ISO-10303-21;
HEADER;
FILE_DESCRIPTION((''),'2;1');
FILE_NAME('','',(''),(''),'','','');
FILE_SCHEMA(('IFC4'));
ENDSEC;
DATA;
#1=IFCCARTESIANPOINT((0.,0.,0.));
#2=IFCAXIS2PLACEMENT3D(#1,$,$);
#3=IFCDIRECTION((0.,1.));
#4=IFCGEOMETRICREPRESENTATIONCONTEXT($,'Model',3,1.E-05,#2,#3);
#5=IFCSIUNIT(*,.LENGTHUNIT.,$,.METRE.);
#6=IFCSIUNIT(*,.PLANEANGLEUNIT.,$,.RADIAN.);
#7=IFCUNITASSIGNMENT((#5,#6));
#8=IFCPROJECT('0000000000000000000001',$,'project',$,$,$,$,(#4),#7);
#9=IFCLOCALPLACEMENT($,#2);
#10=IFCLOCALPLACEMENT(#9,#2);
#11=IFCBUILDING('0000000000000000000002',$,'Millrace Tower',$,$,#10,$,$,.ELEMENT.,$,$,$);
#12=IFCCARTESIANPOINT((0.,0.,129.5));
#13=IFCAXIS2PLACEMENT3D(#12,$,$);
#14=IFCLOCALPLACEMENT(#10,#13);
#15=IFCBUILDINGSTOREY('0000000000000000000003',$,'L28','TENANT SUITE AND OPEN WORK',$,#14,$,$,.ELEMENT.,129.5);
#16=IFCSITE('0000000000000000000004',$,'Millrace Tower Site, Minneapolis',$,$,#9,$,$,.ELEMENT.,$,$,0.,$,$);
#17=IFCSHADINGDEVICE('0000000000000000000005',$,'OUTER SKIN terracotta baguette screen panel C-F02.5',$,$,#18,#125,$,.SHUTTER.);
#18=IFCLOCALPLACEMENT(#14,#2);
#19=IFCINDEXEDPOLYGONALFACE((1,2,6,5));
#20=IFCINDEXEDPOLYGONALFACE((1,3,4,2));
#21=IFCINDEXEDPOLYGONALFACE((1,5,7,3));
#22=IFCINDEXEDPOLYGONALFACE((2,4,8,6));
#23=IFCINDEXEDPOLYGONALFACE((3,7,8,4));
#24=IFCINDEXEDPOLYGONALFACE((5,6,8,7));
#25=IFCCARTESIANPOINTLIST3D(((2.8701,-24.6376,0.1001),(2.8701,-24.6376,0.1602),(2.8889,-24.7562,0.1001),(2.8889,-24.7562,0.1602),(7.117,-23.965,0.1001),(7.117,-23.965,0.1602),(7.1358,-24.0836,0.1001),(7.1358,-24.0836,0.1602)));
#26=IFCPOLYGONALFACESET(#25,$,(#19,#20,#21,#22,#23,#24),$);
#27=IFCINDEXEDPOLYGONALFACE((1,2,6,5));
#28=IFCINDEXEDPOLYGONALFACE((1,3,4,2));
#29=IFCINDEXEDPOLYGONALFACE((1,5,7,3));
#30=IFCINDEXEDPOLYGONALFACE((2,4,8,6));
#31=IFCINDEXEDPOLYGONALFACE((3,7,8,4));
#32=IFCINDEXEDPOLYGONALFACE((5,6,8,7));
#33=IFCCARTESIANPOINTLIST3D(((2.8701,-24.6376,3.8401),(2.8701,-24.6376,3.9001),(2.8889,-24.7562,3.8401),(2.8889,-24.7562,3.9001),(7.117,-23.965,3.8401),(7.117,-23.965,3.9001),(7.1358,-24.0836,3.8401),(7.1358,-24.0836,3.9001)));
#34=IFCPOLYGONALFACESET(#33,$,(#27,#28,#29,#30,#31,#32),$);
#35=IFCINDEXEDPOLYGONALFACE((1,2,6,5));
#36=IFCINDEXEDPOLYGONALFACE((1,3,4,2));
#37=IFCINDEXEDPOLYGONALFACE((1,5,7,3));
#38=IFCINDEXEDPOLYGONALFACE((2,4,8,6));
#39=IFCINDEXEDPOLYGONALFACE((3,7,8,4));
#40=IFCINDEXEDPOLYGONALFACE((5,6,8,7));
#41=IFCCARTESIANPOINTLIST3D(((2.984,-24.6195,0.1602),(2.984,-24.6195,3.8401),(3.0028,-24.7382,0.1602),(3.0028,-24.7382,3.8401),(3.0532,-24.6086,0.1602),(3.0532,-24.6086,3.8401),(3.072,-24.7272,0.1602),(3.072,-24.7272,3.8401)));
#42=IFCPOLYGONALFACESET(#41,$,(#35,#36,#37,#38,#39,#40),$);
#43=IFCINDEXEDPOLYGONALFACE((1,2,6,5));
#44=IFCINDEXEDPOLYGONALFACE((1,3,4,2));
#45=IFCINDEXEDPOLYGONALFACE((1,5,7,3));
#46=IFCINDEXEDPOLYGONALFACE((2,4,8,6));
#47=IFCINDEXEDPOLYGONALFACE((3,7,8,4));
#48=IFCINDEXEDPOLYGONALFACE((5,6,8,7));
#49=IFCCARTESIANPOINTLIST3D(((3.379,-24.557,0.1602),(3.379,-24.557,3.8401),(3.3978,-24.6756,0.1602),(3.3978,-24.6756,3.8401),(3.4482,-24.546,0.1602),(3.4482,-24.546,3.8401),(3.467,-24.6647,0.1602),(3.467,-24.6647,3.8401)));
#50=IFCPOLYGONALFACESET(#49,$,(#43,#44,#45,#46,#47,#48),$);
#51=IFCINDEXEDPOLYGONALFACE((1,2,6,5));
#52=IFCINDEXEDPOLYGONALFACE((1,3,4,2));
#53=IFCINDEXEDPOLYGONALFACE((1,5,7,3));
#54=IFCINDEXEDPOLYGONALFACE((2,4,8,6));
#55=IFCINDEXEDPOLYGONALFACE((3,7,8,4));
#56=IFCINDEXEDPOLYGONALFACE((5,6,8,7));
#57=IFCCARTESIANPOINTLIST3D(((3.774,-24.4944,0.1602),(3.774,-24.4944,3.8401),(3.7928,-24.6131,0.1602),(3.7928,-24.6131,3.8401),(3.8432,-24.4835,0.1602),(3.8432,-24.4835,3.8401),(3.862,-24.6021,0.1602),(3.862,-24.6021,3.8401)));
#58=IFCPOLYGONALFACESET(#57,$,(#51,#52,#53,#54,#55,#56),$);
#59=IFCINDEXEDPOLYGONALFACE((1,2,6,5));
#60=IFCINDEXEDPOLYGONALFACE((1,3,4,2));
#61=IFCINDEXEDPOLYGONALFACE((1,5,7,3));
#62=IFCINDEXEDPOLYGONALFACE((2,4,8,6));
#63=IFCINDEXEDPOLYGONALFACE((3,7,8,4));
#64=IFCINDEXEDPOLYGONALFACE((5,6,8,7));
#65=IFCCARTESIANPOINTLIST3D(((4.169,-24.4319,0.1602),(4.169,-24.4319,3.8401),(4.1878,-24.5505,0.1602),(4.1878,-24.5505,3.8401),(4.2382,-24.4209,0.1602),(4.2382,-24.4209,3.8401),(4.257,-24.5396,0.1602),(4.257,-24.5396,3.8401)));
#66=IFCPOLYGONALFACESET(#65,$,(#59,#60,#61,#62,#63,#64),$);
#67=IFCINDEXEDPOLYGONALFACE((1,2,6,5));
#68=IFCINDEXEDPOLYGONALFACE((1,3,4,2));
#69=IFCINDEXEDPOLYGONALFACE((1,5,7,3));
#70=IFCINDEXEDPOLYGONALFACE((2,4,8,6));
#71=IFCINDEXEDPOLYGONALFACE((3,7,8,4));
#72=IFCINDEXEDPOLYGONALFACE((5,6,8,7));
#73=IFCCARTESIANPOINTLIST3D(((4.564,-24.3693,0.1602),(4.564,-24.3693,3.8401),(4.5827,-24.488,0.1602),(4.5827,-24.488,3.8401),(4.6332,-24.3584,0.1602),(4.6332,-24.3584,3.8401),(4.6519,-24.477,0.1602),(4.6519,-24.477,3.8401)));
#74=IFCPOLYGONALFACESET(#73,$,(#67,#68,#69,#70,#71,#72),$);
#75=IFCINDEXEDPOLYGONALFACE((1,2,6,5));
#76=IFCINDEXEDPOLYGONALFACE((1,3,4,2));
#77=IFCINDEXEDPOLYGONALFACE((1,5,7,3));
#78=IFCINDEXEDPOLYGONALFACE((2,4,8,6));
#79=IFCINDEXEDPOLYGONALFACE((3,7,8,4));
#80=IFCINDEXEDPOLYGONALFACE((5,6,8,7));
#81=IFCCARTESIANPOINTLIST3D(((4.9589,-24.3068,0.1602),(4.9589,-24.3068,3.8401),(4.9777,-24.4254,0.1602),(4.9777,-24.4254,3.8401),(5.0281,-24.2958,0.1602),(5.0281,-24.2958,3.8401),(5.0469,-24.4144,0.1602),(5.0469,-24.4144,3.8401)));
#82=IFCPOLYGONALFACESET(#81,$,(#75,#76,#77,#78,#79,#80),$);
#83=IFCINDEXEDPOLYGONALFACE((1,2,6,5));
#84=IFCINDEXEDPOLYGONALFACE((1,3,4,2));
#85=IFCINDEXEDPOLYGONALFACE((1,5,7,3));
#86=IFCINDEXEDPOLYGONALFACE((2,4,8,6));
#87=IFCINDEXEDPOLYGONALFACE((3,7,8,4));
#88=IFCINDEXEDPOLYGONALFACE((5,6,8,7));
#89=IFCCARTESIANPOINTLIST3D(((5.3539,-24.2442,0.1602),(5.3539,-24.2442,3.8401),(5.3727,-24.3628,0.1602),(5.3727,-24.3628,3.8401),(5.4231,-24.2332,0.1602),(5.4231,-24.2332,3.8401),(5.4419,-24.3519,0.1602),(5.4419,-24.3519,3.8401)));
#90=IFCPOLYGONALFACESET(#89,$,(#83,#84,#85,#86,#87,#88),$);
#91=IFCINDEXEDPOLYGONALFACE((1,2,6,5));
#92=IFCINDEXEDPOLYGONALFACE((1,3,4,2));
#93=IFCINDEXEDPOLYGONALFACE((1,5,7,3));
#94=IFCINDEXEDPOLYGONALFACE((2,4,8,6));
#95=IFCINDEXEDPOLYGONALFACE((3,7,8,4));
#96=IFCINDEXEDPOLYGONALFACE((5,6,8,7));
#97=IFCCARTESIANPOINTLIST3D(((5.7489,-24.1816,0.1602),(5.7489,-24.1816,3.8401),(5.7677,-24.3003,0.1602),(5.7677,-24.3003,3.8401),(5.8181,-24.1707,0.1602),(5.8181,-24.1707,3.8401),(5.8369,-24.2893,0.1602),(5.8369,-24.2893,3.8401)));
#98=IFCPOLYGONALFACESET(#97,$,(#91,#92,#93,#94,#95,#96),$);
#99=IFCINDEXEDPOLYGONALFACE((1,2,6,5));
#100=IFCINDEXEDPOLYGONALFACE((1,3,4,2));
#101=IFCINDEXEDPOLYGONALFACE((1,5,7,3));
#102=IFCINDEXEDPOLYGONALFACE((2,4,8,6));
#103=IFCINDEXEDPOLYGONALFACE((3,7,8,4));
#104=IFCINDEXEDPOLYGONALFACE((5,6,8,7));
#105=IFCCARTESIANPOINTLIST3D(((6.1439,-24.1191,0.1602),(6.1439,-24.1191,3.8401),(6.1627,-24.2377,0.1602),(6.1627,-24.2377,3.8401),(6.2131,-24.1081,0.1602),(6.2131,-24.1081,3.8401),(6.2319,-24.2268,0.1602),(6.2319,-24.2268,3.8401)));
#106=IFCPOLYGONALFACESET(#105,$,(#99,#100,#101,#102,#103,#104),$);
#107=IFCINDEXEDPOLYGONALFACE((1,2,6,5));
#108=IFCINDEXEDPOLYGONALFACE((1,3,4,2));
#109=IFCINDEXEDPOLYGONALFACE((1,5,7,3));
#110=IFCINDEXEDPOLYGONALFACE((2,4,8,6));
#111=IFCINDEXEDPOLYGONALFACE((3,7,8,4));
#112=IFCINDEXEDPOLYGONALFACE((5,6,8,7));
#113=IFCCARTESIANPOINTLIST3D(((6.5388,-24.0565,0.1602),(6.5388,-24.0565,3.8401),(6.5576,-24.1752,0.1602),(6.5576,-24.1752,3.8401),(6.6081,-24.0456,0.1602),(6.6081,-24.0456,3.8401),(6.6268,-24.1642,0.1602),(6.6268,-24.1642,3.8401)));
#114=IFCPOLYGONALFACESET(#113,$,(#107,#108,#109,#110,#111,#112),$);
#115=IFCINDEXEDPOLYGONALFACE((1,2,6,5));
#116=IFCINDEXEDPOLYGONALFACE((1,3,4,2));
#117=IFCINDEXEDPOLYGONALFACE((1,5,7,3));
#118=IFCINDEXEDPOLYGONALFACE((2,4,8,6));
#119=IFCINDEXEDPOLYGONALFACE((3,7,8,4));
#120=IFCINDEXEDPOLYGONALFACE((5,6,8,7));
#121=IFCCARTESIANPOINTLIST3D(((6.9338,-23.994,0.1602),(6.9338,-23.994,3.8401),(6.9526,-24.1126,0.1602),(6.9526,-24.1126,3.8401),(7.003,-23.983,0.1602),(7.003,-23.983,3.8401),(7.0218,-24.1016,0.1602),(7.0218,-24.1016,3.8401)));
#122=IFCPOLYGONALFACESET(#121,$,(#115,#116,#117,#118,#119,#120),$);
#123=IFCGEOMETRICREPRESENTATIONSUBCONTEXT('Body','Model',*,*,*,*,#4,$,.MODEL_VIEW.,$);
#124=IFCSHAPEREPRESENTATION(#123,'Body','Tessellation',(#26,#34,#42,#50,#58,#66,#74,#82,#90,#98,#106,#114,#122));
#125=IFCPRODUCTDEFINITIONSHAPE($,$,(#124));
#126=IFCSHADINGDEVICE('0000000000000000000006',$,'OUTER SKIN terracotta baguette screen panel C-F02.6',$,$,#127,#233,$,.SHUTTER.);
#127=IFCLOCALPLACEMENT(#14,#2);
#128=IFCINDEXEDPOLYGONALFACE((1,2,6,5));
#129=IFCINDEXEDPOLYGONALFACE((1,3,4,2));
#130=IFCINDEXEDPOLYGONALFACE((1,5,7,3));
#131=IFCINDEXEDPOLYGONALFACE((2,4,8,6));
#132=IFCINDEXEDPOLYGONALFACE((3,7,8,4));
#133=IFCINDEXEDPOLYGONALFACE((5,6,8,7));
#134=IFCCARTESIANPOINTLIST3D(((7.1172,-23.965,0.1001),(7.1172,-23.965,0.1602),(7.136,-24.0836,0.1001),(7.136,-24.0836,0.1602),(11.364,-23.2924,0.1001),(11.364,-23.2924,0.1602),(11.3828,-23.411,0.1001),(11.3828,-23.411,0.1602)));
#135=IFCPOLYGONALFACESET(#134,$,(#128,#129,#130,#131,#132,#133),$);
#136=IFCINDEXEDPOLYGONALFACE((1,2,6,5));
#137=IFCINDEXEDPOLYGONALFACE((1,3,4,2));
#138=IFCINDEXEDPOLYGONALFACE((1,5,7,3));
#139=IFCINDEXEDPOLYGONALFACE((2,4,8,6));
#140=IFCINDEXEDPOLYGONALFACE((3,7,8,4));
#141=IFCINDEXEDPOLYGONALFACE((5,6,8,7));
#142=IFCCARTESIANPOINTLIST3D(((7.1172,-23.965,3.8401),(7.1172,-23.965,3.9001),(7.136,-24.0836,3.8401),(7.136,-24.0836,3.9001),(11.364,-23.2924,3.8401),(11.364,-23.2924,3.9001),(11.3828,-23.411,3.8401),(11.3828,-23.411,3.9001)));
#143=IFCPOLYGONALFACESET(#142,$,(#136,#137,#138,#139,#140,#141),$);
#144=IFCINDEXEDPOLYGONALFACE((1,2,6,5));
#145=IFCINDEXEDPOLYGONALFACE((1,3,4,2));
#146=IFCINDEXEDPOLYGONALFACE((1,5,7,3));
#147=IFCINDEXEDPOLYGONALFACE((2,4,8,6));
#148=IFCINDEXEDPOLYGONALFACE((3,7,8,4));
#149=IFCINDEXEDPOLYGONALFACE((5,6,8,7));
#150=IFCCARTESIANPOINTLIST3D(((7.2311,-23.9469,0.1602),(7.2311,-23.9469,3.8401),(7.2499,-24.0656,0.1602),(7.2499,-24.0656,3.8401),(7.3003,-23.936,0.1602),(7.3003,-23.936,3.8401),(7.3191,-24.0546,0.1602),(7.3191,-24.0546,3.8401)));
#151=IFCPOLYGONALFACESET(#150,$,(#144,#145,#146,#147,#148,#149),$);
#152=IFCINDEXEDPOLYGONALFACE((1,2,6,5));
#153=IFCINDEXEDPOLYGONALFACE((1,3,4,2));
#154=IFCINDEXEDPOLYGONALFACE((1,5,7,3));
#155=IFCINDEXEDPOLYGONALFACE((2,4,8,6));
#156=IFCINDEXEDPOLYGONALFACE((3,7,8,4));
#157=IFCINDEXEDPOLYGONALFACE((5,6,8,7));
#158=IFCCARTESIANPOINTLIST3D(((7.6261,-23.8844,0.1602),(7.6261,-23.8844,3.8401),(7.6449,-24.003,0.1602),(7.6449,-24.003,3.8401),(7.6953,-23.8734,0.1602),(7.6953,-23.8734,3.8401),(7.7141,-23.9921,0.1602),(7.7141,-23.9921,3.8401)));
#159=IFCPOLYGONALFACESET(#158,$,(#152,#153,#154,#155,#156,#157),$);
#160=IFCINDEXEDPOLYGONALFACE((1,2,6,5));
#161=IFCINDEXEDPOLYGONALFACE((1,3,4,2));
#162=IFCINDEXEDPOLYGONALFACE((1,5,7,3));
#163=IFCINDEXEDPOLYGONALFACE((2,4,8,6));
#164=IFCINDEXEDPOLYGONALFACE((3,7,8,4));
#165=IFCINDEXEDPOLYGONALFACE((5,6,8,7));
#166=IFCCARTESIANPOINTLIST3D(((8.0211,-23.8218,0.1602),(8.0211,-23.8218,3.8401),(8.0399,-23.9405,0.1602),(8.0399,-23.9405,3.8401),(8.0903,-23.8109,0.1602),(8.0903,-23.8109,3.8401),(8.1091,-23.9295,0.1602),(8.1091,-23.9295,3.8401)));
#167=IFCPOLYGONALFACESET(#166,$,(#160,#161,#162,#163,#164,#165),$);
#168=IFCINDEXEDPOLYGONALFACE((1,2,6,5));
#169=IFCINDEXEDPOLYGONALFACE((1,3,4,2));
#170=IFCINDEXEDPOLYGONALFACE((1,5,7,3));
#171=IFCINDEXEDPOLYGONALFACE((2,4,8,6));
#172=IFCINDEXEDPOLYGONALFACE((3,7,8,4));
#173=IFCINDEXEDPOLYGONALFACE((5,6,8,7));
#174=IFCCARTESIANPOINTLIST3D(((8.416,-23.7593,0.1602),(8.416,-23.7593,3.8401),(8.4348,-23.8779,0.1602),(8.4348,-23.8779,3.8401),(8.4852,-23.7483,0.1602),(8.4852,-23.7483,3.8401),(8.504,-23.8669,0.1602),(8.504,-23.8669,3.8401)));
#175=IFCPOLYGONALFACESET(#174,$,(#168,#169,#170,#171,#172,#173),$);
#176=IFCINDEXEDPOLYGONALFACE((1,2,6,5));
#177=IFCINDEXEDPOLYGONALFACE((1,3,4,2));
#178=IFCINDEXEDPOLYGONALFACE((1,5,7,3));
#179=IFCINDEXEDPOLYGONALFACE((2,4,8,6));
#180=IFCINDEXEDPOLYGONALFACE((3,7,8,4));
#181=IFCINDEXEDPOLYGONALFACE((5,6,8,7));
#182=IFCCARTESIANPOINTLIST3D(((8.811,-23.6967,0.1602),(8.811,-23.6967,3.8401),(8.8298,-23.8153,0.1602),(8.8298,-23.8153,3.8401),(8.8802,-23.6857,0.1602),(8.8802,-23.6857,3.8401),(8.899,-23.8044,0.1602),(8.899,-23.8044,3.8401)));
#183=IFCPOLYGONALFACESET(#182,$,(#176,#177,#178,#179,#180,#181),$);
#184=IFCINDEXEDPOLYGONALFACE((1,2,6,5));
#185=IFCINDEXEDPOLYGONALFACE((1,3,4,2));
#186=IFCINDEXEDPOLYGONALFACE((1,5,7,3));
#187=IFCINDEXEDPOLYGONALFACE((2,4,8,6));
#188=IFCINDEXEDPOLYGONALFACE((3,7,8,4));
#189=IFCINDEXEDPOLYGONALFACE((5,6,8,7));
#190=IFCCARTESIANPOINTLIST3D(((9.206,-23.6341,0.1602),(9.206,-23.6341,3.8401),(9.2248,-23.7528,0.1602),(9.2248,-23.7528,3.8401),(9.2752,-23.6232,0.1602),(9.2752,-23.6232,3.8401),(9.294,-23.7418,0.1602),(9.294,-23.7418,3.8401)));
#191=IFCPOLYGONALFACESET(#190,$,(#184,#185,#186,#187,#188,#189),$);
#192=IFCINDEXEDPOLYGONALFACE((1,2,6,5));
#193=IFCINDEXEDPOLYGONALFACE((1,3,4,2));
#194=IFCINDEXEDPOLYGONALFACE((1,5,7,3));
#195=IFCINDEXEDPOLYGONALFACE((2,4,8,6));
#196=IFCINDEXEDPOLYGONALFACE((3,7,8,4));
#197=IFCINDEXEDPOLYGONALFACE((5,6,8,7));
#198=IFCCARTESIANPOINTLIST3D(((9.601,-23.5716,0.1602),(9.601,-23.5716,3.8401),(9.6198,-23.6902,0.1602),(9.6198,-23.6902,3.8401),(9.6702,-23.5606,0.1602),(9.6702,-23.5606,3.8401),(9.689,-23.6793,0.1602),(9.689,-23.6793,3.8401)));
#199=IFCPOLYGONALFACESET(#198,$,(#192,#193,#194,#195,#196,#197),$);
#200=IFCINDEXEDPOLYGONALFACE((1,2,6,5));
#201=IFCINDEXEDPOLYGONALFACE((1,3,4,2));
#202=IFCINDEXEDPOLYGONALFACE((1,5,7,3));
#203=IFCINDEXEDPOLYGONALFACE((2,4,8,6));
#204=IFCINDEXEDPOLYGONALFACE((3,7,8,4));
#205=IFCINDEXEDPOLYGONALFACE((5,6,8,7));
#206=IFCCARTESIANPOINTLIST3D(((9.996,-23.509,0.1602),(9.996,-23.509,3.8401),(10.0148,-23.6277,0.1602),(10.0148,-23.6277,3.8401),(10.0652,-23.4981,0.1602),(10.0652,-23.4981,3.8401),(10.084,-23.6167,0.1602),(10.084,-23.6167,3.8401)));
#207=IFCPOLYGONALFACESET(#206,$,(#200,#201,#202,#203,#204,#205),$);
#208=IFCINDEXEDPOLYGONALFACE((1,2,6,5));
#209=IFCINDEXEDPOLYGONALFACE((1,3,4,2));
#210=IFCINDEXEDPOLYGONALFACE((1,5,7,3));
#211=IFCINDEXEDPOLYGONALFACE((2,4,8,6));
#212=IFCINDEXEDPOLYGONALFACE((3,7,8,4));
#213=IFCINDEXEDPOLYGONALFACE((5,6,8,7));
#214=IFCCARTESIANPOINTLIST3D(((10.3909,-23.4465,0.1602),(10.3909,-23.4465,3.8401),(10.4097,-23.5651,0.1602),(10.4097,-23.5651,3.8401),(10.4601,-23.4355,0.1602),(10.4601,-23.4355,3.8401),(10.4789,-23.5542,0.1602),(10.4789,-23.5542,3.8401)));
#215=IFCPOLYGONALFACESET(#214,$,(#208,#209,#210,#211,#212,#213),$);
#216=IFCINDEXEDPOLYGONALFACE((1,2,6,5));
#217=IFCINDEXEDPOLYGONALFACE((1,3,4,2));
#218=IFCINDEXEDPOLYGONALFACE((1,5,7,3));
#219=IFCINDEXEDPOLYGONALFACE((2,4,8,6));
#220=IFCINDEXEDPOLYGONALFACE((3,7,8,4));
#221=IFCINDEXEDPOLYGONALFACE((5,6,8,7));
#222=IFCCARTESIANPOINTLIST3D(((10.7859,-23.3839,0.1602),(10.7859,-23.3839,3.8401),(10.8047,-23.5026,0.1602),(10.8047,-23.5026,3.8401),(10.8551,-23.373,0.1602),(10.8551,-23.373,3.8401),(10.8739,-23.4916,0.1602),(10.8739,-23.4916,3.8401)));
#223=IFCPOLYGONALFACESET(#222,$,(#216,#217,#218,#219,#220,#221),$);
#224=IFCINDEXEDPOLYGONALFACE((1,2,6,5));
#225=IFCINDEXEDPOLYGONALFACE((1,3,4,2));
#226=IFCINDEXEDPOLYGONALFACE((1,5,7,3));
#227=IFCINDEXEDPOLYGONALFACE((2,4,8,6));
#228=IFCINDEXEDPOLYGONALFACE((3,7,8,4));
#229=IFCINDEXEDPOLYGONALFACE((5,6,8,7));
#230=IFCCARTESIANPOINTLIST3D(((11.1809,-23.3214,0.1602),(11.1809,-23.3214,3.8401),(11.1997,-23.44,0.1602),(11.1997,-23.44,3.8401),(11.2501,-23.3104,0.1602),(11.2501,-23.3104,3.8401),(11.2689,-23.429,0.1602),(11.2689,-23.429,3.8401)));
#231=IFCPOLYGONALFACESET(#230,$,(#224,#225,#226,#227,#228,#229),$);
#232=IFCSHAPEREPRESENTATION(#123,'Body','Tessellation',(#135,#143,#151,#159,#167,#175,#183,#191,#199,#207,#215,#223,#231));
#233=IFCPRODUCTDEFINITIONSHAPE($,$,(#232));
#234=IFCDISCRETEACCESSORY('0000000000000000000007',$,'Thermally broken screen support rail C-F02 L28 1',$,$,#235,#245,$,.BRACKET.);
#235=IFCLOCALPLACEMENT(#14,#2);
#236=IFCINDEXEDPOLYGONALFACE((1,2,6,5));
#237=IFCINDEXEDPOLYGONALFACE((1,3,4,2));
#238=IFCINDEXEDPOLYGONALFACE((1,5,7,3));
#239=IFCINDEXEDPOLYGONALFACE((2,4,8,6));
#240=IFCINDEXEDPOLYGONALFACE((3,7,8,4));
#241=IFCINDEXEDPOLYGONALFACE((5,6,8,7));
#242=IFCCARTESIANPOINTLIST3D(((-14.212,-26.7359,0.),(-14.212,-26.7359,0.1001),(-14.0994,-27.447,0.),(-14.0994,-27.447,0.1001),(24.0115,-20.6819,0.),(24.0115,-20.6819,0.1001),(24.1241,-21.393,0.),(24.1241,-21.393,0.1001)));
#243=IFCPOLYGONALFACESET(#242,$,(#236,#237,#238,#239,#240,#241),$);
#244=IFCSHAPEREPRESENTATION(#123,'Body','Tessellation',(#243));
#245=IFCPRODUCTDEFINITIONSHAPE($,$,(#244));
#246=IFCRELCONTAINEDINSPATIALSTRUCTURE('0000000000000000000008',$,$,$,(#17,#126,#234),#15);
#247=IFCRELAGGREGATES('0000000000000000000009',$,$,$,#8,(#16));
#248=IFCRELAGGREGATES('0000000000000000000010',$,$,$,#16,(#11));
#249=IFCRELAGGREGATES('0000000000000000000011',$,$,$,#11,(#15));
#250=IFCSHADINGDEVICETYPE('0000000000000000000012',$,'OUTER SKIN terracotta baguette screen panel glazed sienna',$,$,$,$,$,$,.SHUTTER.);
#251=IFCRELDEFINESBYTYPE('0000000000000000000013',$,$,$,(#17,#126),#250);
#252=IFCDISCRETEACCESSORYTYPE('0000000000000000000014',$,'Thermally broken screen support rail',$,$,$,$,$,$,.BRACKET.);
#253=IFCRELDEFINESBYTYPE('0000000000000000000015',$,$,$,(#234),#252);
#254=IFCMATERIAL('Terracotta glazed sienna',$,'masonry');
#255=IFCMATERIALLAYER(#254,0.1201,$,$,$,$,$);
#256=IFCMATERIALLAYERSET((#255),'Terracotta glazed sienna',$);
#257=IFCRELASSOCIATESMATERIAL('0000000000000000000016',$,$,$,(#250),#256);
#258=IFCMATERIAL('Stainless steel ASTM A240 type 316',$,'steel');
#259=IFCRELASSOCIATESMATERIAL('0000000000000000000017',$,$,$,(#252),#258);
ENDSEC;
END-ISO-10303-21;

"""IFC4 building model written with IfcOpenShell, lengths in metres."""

from ifc_helpers import new_model, entity, si_unit, direction, frame, frame_2d, origin, origin_2d, place, context, subcontext, project, spatial, rectangle, extrude, source, transform, mapped, material, layer, layer_set, type_object, element, save


model = new_model("IFC4")

# Units and contexts
model_context = context("Model", 3, precision=1e-05, world=origin(), true_north=direction((0.0, 1.0)))
body_context = subcontext(model_context, "Body", "Model", "MODEL_VIEW")
ifc_project = project(units=[si_unit("LENGTHUNIT", "METRE"), si_unit("PLANEANGLEUNIT", "RADIAN")], contexts=[model_context])

# Site, building, storey
site_placement = place(None, origin())
site = spatial("IfcSite", under=ifc_project, at=site_placement, Name="Millrace Tower Site, Minneapolis", CompositionType="ELEMENT", RefElevation=0.0)
building_placement = place(site_placement, origin())
building = spatial("IfcBuilding", under=site, at=building_placement, Name="Millrace Tower", CompositionType="ELEMENT")
storey_placement = place(building_placement, frame((0.0, 0.0, 129.5)))
storey = spatial("IfcBuildingStorey", under=building, at=storey_placement, Name="L28", Description="TENANT SUITE AND OPEN WORK", CompositionType="ELEMENT", Elevation=129.5)

# Shading devices
ifc_material_1 = material(Name="Terracotta glazed sienna", Category="masonry")
ifc_layer_1 = layer(ifc_material_1, 0.1201)
ifc_layer_set_1 = layer_set([ifc_layer_1], Name="Terracotta glazed sienna")
shading_device_type = type_object("IfcShadingDeviceType", Name="OUTER SKIN terracotta baguette screen panel glazed sienna", PredefinedType="SHUTTER", material=ifc_layer_set_1)
cartesian_point = entity("IfcCartesianPoint", [-2.1499, 0.0601])
shared_polyline = entity("IfcPolyline", [cartesian_point, entity("IfcCartesianPoint", [2.1499, 0.0601]), entity("IfcCartesianPoint", [2.1499, -0.0601]), entity("IfcCartesianPoint", [-2.1499, -0.0601]), cartesian_point])
shared_shape = source(origin(), body_context, "Body", "SweptSolid", [
    entity("IfcExtrudedAreaSolid", entity("IfcArbitraryClosedProfileDef", "AREA", None, shared_polyline), entity("IfcAxis2Placement3D", entity("IfcCartesianPoint", [0.0, 0.0, 0.0])), entity("IfcDirection", [0.0, 0.0, 1.0]), 0.0601),
    entity("IfcExtrudedAreaSolid", entity("IfcArbitraryClosedProfileDef", "AREA", None, shared_polyline), entity("IfcAxis2Placement3D", entity("IfcCartesianPoint", [0.0, 0.0, 3.74])), entity("IfcDirection", [0.0, 0.0, 1.0]), 0.0601),
    extrude(rectangle(XDim=0.0701, YDim=0.1201, at=frame_2d((-1.9995, 0.0))), frame((0.0, 0.0, 0.0601)), (0.0, 0.0, 1.0), 3.6799),
    extrude(rectangle(XDim=0.0701, YDim=0.1201, at=frame_2d((-1.5996, 0.0))), frame((0.0, 0.0, 0.0601)), (0.0, 0.0, 1.0), 3.6799),
    extrude(rectangle(XDim=0.0701, YDim=0.1201, at=frame_2d((-1.1997, 0.0))), frame((0.0, 0.0, 0.0601)), (0.0, 0.0, 1.0), 3.6799),
    extrude(rectangle(XDim=0.0701, YDim=0.1201, at=frame_2d((-0.7998, 0.0))), frame((0.0, 0.0, 0.0601)), (0.0, 0.0, 1.0), 3.6799),
    extrude(rectangle(XDim=0.0701, YDim=0.1201, at=frame_2d((-0.3999, 0.0))), frame((0.0, 0.0, 0.0601)), (0.0, 0.0, 1.0), 3.6799),
    extrude(rectangle(XDim=0.0701, YDim=0.1201, at=origin_2d()), frame((0.0, 0.0, 0.0601)), (0.0, 0.0, 1.0), 3.6799),
    extrude(rectangle(XDim=0.0701, YDim=0.1201, at=frame_2d((0.3999, 0.0))), frame((0.0, 0.0, 0.0601)), (0.0, 0.0, 1.0), 3.6799),
    extrude(rectangle(XDim=0.0701, YDim=0.1201, at=frame_2d((0.7998, 0.0))), frame((0.0, 0.0, 0.0601)), (0.0, 0.0, 1.0), 3.6799),
    extrude(rectangle(XDim=0.0701, YDim=0.1201, at=frame_2d((1.1997, 0.0))), frame((0.0, 0.0, 0.0601)), (0.0, 0.0, 1.0), 3.6799),
    extrude(rectangle(XDim=0.0701, YDim=0.1201, at=frame_2d((1.5996, 0.0))), frame((0.0, 0.0, 0.0601)), (0.0, 0.0, 1.0), 3.6799),
    extrude(rectangle(XDim=0.0701, YDim=0.1201, at=frame_2d((1.9995, 0.0))), frame((0.0, 0.0, 0.0601)), (0.0, 0.0, 1.0), 3.6799),
])
for number, where, z_axis, x_axis, name in (
    (1, (5.0029, -24.3606, 0.1001), (0.0, 0.0, 1.0), (0.987688, 0.156434, 0.0), "OUTER SKIN terracotta baguette screen panel C-F02.5"),
    (2, (9.25, -23.688, 0.1001), (0.0, 0.0, 1.0), (0.987688, 0.156434, 0.0), "OUTER SKIN terracotta baguette screen panel C-F02.6"),
):
    element("IfcShadingDevice", number, at=place(storey_placement, frame(where, z_axis=z_axis, x_axis=x_axis)), inside=storey, type_object=shading_device_type, Name=name, PredefinedType="SHUTTER", context=body_context, shape_type="MappedRepresentation", body=[
        mapped(shared_shape, transform((0.0, 0.0, 0.0), scale=1.0)),
    ])

# Discrete accessory
ifc_material_2 = material(Name="Stainless steel ASTM A240 type 316", Category="steel")
discrete_accessory_type = type_object("IfcDiscreteAccessoryType", Name="Thermally broken screen support rail", PredefinedType="BRACKET", material=ifc_material_2)
discrete_accessory_placement = place(storey_placement, frame((4.9561, -24.0645, 0.0), z_axis=(0.0, 0.0, 1.0), x_axis=(0.987688, 0.156434, 0.0)))
element("IfcDiscreteAccessory", 3, at=discrete_accessory_placement, inside=storey, type_object=discrete_accessory_type, Name="Thermally broken screen support rail C-F02 L28 1", PredefinedType="BRACKET", context=body_context, shape_type="SweptSolid", body=[
    extrude(rectangle(XDim=38.7, YDim=0.72, at=origin_2d()), origin(), (0.0, 0.0, 1.0), 0.1001),
])

save(model, "model.ifc")
